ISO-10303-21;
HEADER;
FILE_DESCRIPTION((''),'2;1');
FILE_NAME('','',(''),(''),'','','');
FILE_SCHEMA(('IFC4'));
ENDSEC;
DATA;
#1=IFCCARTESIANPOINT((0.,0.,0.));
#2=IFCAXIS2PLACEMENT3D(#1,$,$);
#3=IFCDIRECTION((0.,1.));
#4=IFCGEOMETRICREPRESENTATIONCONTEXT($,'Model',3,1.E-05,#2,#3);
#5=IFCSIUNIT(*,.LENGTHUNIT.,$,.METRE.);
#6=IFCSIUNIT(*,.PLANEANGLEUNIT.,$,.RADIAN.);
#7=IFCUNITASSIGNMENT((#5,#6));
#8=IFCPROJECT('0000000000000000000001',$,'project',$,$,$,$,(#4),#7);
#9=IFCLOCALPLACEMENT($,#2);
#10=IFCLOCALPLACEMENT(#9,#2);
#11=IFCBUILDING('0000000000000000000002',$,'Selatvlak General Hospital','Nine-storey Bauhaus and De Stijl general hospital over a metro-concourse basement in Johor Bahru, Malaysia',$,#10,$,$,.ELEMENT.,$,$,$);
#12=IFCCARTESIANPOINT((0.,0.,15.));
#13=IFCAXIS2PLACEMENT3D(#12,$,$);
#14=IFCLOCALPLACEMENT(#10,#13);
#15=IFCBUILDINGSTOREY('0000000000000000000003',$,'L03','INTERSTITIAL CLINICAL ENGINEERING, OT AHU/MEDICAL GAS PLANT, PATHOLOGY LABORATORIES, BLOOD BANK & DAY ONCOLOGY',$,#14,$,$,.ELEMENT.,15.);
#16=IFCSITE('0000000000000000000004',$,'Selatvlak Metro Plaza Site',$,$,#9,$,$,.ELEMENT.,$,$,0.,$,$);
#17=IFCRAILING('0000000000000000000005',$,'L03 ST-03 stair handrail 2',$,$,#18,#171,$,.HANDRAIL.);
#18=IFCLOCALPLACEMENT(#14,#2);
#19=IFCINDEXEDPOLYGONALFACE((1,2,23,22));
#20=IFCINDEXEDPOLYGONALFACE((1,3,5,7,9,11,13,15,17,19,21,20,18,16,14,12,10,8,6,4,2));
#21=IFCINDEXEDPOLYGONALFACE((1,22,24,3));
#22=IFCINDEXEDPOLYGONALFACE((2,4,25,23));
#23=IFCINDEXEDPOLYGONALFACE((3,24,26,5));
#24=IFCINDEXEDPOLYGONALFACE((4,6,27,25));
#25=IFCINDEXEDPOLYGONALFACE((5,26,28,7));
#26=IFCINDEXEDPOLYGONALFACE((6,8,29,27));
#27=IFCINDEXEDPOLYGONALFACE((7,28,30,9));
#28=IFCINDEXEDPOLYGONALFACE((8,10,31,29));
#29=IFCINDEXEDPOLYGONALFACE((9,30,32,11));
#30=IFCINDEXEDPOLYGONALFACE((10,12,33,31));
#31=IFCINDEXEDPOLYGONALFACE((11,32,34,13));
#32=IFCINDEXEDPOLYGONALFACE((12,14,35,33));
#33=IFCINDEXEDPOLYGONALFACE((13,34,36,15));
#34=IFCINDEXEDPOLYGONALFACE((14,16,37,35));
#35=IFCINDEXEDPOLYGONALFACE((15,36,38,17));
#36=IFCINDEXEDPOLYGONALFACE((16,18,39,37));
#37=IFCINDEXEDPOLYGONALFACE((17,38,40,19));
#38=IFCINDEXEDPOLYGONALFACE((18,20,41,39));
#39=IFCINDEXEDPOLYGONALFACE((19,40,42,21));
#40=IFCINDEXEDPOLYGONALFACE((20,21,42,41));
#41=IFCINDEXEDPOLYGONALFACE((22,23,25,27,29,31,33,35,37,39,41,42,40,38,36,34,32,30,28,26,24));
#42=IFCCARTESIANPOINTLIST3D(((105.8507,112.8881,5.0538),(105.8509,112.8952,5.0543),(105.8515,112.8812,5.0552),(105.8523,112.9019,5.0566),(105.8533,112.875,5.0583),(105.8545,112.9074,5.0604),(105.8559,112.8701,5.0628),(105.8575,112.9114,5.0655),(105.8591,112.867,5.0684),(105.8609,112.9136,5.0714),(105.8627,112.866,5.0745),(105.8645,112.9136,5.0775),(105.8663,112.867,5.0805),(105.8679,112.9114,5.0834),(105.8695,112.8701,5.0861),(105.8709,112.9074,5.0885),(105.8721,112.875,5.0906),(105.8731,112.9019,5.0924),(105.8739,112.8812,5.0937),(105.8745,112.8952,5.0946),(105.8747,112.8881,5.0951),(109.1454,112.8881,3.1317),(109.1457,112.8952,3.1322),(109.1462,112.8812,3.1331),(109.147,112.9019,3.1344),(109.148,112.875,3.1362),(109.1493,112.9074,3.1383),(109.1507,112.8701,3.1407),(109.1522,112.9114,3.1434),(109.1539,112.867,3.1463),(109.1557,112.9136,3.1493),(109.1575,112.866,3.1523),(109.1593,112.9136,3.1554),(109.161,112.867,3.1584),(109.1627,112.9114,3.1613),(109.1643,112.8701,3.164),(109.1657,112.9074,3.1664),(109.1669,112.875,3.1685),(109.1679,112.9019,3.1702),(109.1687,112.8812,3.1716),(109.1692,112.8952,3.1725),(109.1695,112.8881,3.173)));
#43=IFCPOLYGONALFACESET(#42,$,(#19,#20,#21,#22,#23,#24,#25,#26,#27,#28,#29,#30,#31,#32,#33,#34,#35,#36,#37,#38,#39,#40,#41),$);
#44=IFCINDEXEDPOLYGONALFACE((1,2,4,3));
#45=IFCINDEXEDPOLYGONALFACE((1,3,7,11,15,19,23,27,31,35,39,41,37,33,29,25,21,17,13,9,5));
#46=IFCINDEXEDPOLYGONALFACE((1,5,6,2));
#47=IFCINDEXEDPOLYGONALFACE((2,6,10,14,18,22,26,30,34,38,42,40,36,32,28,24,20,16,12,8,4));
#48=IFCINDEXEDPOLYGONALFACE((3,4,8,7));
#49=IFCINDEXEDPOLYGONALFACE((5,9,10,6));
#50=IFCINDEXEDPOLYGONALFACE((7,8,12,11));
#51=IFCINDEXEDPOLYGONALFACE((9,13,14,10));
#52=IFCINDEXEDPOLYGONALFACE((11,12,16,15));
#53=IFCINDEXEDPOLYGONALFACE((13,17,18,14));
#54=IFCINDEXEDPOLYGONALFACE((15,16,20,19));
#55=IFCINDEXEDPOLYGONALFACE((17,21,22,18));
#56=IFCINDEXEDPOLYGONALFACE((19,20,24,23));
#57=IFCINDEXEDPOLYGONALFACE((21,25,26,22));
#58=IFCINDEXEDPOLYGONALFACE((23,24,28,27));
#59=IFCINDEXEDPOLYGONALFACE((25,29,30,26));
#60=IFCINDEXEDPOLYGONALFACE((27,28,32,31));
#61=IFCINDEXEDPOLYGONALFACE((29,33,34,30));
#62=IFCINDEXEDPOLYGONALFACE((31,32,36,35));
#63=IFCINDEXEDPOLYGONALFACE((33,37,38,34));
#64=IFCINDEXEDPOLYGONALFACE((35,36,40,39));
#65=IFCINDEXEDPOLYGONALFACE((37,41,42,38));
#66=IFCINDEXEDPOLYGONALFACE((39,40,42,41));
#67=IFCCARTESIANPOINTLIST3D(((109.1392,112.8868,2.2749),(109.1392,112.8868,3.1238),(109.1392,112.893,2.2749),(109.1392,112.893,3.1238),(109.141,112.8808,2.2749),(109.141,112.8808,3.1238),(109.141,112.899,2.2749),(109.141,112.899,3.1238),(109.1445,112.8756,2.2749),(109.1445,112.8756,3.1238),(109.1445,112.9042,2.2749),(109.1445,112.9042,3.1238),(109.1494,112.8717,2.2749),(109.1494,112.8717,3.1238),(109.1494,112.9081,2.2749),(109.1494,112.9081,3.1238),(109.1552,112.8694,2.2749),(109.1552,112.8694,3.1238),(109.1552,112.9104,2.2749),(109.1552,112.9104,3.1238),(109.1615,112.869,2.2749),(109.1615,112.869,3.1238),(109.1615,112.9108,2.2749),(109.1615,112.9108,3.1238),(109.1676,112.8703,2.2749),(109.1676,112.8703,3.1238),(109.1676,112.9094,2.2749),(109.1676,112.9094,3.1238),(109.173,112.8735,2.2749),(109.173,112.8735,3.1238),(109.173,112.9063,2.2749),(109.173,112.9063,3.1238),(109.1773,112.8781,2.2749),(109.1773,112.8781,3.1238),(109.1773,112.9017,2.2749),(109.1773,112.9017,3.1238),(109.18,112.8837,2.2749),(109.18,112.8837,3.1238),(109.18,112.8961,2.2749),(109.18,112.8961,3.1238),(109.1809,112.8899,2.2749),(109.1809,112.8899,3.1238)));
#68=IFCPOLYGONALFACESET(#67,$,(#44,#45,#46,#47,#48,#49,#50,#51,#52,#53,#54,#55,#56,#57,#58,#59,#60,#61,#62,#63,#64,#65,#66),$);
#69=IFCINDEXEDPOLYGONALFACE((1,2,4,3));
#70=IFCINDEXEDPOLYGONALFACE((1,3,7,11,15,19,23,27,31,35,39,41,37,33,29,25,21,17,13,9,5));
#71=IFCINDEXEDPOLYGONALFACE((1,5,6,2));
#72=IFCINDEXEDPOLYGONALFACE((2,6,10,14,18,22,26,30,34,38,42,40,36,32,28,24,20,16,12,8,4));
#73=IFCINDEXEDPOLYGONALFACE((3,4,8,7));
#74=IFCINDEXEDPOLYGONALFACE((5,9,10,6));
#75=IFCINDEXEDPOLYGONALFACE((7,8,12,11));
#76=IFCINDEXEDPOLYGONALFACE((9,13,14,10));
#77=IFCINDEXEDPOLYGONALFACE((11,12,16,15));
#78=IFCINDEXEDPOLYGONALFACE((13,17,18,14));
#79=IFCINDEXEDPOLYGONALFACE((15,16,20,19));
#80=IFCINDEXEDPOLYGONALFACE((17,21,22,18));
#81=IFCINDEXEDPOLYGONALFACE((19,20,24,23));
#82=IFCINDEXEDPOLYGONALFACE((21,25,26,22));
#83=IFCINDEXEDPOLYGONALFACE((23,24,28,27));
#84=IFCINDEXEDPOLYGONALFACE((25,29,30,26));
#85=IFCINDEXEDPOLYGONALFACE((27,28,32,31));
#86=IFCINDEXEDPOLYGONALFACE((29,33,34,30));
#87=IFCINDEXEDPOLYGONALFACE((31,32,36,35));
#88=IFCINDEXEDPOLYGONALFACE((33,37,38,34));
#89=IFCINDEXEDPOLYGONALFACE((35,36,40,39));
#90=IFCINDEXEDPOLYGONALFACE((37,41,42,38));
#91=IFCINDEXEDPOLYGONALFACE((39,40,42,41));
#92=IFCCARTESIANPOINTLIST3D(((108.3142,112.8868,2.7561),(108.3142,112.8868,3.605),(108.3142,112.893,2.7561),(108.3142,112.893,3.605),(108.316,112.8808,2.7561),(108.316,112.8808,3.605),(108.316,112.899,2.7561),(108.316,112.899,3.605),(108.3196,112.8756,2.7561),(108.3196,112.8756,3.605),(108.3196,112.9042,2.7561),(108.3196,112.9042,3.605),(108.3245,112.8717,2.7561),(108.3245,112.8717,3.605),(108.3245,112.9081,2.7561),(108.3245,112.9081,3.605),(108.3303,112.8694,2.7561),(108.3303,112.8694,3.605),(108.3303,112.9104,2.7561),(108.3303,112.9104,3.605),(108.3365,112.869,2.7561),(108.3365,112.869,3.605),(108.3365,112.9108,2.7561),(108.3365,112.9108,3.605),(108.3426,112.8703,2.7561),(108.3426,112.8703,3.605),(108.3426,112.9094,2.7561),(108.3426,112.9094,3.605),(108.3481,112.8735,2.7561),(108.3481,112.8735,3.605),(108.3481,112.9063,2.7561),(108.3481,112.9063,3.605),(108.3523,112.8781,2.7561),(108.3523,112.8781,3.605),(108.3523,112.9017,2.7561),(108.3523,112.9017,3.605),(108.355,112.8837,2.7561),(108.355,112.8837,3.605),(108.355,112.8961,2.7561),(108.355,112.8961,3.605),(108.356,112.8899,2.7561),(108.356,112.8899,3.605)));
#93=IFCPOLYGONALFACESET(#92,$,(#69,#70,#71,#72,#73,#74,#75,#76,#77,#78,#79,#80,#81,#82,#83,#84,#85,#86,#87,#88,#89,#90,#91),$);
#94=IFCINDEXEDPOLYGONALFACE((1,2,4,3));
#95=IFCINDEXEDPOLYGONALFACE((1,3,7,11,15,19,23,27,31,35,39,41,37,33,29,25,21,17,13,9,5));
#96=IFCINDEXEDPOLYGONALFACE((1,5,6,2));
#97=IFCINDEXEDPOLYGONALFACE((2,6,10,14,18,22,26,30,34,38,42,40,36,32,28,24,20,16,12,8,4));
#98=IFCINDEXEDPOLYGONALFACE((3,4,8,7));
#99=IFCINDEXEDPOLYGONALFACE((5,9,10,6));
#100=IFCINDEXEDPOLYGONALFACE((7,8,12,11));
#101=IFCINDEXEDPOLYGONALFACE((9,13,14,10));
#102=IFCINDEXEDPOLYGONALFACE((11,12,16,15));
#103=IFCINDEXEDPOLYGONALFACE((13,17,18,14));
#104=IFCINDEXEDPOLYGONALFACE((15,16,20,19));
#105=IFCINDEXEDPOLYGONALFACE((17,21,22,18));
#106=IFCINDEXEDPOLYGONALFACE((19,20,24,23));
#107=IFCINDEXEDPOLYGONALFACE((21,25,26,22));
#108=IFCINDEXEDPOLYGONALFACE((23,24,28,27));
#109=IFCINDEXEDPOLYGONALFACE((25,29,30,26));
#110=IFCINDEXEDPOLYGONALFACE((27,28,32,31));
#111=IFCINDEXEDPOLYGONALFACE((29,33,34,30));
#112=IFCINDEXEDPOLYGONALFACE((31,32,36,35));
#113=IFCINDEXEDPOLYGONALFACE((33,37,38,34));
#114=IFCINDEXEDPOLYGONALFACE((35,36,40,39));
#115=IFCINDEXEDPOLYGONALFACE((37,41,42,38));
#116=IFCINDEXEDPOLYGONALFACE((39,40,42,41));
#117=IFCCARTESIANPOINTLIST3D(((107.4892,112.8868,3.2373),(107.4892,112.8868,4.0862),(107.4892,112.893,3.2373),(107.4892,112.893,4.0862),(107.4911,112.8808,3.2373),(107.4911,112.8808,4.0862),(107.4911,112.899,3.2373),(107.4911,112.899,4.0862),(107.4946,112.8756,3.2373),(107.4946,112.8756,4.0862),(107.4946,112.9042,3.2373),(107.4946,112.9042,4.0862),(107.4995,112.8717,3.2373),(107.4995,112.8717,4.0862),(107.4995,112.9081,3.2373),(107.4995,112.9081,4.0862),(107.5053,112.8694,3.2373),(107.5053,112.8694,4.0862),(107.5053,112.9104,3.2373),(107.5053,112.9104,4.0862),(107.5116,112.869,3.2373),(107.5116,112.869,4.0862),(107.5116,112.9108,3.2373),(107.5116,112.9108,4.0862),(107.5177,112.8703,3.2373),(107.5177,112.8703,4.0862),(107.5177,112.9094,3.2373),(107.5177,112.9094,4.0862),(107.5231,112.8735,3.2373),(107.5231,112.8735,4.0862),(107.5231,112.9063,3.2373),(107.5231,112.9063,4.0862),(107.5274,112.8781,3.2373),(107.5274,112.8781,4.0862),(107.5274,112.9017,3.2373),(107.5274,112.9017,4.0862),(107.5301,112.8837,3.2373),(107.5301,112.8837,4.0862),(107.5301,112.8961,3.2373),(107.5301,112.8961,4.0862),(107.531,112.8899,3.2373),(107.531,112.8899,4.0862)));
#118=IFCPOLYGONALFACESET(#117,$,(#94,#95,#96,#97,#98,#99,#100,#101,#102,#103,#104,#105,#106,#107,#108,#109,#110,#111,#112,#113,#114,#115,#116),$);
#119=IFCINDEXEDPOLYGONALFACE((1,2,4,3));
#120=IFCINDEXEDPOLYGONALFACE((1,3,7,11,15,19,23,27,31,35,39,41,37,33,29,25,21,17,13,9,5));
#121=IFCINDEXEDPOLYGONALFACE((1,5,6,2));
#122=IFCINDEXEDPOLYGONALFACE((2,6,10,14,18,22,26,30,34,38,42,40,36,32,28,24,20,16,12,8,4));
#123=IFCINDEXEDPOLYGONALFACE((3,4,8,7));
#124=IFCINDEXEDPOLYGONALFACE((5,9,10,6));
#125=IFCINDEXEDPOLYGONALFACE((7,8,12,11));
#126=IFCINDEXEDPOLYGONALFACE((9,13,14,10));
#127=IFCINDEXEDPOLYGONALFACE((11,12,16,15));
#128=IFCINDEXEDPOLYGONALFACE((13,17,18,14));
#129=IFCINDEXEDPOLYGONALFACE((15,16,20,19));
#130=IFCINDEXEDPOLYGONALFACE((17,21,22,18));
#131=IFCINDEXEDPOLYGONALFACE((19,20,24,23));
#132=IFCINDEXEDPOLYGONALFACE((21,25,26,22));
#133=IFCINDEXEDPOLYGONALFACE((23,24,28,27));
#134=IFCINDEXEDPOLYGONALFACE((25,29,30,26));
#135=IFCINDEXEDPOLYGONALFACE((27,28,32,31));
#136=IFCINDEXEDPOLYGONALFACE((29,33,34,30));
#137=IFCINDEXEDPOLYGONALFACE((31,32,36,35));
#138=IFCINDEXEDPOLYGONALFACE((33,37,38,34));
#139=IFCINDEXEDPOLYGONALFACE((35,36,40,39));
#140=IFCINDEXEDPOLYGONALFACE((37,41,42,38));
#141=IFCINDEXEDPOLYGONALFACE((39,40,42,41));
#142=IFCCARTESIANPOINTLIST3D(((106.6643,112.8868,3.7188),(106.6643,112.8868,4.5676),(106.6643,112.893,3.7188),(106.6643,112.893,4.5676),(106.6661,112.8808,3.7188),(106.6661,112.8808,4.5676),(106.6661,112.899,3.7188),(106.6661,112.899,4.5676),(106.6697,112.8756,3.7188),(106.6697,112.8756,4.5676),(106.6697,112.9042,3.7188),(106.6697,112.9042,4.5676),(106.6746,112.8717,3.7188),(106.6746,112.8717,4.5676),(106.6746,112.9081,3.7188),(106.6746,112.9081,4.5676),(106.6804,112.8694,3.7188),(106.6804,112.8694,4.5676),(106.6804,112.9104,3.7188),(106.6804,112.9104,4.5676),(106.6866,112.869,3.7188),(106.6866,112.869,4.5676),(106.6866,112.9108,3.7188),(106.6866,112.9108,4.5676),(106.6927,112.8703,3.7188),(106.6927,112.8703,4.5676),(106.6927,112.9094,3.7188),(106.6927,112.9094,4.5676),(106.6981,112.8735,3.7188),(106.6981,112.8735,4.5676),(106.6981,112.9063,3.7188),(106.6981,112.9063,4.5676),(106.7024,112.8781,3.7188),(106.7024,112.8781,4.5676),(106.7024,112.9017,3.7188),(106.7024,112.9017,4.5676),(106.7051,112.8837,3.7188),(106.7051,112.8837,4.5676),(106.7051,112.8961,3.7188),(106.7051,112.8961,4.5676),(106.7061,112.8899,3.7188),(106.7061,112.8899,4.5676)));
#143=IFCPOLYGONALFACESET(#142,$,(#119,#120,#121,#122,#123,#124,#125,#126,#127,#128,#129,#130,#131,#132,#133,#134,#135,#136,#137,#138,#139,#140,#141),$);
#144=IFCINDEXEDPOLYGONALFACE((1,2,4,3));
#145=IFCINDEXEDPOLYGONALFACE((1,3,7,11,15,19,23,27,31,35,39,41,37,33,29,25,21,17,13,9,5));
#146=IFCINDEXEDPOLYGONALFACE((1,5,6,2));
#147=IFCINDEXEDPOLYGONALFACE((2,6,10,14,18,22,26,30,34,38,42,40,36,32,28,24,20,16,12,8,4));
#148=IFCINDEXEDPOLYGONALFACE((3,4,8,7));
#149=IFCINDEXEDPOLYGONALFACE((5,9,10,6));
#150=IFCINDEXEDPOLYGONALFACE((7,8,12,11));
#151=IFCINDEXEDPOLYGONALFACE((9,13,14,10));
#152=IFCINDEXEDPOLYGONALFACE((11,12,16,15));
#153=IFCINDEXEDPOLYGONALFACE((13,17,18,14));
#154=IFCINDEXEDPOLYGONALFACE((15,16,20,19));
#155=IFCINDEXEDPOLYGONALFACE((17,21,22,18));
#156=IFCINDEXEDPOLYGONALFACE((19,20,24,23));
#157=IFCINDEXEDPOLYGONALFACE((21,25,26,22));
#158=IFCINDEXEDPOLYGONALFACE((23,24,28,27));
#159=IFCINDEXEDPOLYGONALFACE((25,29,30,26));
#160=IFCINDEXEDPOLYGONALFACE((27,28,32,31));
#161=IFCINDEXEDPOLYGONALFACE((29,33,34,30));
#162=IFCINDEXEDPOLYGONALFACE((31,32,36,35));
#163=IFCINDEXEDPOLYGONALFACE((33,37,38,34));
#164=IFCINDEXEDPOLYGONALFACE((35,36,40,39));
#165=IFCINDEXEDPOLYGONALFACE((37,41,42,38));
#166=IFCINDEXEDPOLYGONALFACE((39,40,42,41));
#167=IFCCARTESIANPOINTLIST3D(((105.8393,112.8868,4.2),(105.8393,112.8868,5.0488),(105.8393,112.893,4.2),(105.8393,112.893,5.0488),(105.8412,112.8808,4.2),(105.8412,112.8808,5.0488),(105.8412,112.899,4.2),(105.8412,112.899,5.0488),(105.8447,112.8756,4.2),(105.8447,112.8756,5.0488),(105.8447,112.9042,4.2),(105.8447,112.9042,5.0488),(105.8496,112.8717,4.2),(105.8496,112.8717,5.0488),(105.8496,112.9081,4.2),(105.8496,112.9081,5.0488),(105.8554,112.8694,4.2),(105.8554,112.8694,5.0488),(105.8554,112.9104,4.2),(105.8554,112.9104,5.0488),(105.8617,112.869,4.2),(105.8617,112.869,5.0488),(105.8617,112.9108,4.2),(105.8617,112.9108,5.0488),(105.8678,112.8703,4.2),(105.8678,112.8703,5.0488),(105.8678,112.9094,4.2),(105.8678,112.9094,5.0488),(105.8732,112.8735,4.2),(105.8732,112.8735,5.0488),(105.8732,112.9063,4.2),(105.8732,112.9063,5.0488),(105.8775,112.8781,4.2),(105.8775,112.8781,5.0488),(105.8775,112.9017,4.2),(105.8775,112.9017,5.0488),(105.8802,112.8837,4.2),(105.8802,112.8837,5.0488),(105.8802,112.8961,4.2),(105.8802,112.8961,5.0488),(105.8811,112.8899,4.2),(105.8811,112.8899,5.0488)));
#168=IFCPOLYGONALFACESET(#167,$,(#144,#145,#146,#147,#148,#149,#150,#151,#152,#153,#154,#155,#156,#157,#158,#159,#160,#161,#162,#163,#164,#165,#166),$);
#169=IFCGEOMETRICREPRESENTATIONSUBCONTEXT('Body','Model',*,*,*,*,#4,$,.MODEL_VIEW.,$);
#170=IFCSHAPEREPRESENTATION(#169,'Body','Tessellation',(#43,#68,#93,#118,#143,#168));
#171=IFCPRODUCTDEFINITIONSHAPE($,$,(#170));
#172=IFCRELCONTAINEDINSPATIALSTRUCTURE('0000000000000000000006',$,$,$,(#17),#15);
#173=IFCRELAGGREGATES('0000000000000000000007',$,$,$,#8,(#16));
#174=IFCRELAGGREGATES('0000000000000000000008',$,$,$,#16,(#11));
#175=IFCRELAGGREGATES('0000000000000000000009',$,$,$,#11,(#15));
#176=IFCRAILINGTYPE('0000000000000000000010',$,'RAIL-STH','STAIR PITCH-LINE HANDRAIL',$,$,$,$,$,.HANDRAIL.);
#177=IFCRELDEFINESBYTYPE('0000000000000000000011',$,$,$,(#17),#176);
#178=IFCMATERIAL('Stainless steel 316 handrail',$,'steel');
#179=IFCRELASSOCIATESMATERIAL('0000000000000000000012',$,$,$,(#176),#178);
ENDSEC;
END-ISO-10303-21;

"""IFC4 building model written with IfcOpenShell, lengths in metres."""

from ifc_helpers import new_model, si_unit, direction, frame, origin, origin_2d, place, context, subcontext, project, spatial, circle, extrude, material, type_object, element, save


model = new_model("IFC4")

# Units and contexts
model_context = context("Model", 3, precision=1e-05, world=origin(), true_north=direction((0.0, 1.0)))
body_context = subcontext(model_context, "Body", "Model", "MODEL_VIEW")
ifc_project = project(units=[si_unit("LENGTHUNIT", "METRE"), si_unit("PLANEANGLEUNIT", "RADIAN")], contexts=[model_context])

# Site, building, storey
site_placement = place(None, origin())
site = spatial("IfcSite", under=ifc_project, at=site_placement, Name="Selatvlak Metro Plaza Site", CompositionType="ELEMENT", RefElevation=0.0)
building_placement = place(site_placement, origin())
building = spatial("IfcBuilding", under=site, at=building_placement, Name="Selatvlak General Hospital", Description="Nine-storey Bauhaus and De Stijl general hospital over a metro-concourse basement in Johor Bahru, Malaysia", CompositionType="ELEMENT")
storey_placement = place(building_placement, frame((0.0, 0.0, 15.0)))
storey = spatial("IfcBuildingStorey", under=building, at=storey_placement, Name="L03", Description="INTERSTITIAL CLINICAL ENGINEERING, OT AHU/MEDICAL GAS PLANT, PATHOLOGY LABORATORIES, BLOOD BANK & DAY ONCOLOGY", CompositionType="ELEMENT", Elevation=15.0)

# Railing
ifc_material_1 = material(Name="Stainless steel 316 handrail", Category="steel")
railing_type_1 = type_object("IfcRailingType", Name="RAIL-STH", Description="STAIR PITCH-LINE HANDRAIL", PredefinedType="HANDRAIL", material=ifc_material_1)
railing_1_placement = place(storey_placement, frame((109.1599, 112.8899, 2.2749)))
element("IfcRailing", 1, at=railing_1_placement, inside=storey, type_object=railing_type_1, Name="L03 ST-03 stair handrail 2", PredefinedType="HANDRAIL", context=body_context, shape_type="SweptSolid", body=[
    extrude(circle(Radius=0.0239, at=origin_2d()), frame((-0.0024, 0.0, 0.8774), z_axis=(-0.86376, 0.0, 0.503903), x_axis=(0.0, -1.0, 0.0)), (0.0, 0.0, 1.0), 3.8145),
    extrude(circle(Radius=0.021, at=origin_2d()), origin(), (0.0, 0.0, 1.0), 0.8489),
    extrude(circle(Radius=0.021, at=origin_2d()), frame((-0.825, 0.0, 0.4812)), (0.0, 0.0, 1.0), 0.8489),
    extrude(circle(Radius=0.021, at=origin_2d()), frame((-1.6499, 0.0, 0.9624)), (0.0, 0.0, 1.0), 0.8489),
    extrude(circle(Radius=0.021, at=origin_2d()), frame((-2.4749, 0.0, 1.4438)), (0.0, 0.0, 1.0), 0.8489),
    extrude(circle(Radius=0.021, at=origin_2d()), frame((-3.2998, 0.0, 1.925)), (0.0, 0.0, 1.0), 0.8489),
])

save(model, "model.ifc")
